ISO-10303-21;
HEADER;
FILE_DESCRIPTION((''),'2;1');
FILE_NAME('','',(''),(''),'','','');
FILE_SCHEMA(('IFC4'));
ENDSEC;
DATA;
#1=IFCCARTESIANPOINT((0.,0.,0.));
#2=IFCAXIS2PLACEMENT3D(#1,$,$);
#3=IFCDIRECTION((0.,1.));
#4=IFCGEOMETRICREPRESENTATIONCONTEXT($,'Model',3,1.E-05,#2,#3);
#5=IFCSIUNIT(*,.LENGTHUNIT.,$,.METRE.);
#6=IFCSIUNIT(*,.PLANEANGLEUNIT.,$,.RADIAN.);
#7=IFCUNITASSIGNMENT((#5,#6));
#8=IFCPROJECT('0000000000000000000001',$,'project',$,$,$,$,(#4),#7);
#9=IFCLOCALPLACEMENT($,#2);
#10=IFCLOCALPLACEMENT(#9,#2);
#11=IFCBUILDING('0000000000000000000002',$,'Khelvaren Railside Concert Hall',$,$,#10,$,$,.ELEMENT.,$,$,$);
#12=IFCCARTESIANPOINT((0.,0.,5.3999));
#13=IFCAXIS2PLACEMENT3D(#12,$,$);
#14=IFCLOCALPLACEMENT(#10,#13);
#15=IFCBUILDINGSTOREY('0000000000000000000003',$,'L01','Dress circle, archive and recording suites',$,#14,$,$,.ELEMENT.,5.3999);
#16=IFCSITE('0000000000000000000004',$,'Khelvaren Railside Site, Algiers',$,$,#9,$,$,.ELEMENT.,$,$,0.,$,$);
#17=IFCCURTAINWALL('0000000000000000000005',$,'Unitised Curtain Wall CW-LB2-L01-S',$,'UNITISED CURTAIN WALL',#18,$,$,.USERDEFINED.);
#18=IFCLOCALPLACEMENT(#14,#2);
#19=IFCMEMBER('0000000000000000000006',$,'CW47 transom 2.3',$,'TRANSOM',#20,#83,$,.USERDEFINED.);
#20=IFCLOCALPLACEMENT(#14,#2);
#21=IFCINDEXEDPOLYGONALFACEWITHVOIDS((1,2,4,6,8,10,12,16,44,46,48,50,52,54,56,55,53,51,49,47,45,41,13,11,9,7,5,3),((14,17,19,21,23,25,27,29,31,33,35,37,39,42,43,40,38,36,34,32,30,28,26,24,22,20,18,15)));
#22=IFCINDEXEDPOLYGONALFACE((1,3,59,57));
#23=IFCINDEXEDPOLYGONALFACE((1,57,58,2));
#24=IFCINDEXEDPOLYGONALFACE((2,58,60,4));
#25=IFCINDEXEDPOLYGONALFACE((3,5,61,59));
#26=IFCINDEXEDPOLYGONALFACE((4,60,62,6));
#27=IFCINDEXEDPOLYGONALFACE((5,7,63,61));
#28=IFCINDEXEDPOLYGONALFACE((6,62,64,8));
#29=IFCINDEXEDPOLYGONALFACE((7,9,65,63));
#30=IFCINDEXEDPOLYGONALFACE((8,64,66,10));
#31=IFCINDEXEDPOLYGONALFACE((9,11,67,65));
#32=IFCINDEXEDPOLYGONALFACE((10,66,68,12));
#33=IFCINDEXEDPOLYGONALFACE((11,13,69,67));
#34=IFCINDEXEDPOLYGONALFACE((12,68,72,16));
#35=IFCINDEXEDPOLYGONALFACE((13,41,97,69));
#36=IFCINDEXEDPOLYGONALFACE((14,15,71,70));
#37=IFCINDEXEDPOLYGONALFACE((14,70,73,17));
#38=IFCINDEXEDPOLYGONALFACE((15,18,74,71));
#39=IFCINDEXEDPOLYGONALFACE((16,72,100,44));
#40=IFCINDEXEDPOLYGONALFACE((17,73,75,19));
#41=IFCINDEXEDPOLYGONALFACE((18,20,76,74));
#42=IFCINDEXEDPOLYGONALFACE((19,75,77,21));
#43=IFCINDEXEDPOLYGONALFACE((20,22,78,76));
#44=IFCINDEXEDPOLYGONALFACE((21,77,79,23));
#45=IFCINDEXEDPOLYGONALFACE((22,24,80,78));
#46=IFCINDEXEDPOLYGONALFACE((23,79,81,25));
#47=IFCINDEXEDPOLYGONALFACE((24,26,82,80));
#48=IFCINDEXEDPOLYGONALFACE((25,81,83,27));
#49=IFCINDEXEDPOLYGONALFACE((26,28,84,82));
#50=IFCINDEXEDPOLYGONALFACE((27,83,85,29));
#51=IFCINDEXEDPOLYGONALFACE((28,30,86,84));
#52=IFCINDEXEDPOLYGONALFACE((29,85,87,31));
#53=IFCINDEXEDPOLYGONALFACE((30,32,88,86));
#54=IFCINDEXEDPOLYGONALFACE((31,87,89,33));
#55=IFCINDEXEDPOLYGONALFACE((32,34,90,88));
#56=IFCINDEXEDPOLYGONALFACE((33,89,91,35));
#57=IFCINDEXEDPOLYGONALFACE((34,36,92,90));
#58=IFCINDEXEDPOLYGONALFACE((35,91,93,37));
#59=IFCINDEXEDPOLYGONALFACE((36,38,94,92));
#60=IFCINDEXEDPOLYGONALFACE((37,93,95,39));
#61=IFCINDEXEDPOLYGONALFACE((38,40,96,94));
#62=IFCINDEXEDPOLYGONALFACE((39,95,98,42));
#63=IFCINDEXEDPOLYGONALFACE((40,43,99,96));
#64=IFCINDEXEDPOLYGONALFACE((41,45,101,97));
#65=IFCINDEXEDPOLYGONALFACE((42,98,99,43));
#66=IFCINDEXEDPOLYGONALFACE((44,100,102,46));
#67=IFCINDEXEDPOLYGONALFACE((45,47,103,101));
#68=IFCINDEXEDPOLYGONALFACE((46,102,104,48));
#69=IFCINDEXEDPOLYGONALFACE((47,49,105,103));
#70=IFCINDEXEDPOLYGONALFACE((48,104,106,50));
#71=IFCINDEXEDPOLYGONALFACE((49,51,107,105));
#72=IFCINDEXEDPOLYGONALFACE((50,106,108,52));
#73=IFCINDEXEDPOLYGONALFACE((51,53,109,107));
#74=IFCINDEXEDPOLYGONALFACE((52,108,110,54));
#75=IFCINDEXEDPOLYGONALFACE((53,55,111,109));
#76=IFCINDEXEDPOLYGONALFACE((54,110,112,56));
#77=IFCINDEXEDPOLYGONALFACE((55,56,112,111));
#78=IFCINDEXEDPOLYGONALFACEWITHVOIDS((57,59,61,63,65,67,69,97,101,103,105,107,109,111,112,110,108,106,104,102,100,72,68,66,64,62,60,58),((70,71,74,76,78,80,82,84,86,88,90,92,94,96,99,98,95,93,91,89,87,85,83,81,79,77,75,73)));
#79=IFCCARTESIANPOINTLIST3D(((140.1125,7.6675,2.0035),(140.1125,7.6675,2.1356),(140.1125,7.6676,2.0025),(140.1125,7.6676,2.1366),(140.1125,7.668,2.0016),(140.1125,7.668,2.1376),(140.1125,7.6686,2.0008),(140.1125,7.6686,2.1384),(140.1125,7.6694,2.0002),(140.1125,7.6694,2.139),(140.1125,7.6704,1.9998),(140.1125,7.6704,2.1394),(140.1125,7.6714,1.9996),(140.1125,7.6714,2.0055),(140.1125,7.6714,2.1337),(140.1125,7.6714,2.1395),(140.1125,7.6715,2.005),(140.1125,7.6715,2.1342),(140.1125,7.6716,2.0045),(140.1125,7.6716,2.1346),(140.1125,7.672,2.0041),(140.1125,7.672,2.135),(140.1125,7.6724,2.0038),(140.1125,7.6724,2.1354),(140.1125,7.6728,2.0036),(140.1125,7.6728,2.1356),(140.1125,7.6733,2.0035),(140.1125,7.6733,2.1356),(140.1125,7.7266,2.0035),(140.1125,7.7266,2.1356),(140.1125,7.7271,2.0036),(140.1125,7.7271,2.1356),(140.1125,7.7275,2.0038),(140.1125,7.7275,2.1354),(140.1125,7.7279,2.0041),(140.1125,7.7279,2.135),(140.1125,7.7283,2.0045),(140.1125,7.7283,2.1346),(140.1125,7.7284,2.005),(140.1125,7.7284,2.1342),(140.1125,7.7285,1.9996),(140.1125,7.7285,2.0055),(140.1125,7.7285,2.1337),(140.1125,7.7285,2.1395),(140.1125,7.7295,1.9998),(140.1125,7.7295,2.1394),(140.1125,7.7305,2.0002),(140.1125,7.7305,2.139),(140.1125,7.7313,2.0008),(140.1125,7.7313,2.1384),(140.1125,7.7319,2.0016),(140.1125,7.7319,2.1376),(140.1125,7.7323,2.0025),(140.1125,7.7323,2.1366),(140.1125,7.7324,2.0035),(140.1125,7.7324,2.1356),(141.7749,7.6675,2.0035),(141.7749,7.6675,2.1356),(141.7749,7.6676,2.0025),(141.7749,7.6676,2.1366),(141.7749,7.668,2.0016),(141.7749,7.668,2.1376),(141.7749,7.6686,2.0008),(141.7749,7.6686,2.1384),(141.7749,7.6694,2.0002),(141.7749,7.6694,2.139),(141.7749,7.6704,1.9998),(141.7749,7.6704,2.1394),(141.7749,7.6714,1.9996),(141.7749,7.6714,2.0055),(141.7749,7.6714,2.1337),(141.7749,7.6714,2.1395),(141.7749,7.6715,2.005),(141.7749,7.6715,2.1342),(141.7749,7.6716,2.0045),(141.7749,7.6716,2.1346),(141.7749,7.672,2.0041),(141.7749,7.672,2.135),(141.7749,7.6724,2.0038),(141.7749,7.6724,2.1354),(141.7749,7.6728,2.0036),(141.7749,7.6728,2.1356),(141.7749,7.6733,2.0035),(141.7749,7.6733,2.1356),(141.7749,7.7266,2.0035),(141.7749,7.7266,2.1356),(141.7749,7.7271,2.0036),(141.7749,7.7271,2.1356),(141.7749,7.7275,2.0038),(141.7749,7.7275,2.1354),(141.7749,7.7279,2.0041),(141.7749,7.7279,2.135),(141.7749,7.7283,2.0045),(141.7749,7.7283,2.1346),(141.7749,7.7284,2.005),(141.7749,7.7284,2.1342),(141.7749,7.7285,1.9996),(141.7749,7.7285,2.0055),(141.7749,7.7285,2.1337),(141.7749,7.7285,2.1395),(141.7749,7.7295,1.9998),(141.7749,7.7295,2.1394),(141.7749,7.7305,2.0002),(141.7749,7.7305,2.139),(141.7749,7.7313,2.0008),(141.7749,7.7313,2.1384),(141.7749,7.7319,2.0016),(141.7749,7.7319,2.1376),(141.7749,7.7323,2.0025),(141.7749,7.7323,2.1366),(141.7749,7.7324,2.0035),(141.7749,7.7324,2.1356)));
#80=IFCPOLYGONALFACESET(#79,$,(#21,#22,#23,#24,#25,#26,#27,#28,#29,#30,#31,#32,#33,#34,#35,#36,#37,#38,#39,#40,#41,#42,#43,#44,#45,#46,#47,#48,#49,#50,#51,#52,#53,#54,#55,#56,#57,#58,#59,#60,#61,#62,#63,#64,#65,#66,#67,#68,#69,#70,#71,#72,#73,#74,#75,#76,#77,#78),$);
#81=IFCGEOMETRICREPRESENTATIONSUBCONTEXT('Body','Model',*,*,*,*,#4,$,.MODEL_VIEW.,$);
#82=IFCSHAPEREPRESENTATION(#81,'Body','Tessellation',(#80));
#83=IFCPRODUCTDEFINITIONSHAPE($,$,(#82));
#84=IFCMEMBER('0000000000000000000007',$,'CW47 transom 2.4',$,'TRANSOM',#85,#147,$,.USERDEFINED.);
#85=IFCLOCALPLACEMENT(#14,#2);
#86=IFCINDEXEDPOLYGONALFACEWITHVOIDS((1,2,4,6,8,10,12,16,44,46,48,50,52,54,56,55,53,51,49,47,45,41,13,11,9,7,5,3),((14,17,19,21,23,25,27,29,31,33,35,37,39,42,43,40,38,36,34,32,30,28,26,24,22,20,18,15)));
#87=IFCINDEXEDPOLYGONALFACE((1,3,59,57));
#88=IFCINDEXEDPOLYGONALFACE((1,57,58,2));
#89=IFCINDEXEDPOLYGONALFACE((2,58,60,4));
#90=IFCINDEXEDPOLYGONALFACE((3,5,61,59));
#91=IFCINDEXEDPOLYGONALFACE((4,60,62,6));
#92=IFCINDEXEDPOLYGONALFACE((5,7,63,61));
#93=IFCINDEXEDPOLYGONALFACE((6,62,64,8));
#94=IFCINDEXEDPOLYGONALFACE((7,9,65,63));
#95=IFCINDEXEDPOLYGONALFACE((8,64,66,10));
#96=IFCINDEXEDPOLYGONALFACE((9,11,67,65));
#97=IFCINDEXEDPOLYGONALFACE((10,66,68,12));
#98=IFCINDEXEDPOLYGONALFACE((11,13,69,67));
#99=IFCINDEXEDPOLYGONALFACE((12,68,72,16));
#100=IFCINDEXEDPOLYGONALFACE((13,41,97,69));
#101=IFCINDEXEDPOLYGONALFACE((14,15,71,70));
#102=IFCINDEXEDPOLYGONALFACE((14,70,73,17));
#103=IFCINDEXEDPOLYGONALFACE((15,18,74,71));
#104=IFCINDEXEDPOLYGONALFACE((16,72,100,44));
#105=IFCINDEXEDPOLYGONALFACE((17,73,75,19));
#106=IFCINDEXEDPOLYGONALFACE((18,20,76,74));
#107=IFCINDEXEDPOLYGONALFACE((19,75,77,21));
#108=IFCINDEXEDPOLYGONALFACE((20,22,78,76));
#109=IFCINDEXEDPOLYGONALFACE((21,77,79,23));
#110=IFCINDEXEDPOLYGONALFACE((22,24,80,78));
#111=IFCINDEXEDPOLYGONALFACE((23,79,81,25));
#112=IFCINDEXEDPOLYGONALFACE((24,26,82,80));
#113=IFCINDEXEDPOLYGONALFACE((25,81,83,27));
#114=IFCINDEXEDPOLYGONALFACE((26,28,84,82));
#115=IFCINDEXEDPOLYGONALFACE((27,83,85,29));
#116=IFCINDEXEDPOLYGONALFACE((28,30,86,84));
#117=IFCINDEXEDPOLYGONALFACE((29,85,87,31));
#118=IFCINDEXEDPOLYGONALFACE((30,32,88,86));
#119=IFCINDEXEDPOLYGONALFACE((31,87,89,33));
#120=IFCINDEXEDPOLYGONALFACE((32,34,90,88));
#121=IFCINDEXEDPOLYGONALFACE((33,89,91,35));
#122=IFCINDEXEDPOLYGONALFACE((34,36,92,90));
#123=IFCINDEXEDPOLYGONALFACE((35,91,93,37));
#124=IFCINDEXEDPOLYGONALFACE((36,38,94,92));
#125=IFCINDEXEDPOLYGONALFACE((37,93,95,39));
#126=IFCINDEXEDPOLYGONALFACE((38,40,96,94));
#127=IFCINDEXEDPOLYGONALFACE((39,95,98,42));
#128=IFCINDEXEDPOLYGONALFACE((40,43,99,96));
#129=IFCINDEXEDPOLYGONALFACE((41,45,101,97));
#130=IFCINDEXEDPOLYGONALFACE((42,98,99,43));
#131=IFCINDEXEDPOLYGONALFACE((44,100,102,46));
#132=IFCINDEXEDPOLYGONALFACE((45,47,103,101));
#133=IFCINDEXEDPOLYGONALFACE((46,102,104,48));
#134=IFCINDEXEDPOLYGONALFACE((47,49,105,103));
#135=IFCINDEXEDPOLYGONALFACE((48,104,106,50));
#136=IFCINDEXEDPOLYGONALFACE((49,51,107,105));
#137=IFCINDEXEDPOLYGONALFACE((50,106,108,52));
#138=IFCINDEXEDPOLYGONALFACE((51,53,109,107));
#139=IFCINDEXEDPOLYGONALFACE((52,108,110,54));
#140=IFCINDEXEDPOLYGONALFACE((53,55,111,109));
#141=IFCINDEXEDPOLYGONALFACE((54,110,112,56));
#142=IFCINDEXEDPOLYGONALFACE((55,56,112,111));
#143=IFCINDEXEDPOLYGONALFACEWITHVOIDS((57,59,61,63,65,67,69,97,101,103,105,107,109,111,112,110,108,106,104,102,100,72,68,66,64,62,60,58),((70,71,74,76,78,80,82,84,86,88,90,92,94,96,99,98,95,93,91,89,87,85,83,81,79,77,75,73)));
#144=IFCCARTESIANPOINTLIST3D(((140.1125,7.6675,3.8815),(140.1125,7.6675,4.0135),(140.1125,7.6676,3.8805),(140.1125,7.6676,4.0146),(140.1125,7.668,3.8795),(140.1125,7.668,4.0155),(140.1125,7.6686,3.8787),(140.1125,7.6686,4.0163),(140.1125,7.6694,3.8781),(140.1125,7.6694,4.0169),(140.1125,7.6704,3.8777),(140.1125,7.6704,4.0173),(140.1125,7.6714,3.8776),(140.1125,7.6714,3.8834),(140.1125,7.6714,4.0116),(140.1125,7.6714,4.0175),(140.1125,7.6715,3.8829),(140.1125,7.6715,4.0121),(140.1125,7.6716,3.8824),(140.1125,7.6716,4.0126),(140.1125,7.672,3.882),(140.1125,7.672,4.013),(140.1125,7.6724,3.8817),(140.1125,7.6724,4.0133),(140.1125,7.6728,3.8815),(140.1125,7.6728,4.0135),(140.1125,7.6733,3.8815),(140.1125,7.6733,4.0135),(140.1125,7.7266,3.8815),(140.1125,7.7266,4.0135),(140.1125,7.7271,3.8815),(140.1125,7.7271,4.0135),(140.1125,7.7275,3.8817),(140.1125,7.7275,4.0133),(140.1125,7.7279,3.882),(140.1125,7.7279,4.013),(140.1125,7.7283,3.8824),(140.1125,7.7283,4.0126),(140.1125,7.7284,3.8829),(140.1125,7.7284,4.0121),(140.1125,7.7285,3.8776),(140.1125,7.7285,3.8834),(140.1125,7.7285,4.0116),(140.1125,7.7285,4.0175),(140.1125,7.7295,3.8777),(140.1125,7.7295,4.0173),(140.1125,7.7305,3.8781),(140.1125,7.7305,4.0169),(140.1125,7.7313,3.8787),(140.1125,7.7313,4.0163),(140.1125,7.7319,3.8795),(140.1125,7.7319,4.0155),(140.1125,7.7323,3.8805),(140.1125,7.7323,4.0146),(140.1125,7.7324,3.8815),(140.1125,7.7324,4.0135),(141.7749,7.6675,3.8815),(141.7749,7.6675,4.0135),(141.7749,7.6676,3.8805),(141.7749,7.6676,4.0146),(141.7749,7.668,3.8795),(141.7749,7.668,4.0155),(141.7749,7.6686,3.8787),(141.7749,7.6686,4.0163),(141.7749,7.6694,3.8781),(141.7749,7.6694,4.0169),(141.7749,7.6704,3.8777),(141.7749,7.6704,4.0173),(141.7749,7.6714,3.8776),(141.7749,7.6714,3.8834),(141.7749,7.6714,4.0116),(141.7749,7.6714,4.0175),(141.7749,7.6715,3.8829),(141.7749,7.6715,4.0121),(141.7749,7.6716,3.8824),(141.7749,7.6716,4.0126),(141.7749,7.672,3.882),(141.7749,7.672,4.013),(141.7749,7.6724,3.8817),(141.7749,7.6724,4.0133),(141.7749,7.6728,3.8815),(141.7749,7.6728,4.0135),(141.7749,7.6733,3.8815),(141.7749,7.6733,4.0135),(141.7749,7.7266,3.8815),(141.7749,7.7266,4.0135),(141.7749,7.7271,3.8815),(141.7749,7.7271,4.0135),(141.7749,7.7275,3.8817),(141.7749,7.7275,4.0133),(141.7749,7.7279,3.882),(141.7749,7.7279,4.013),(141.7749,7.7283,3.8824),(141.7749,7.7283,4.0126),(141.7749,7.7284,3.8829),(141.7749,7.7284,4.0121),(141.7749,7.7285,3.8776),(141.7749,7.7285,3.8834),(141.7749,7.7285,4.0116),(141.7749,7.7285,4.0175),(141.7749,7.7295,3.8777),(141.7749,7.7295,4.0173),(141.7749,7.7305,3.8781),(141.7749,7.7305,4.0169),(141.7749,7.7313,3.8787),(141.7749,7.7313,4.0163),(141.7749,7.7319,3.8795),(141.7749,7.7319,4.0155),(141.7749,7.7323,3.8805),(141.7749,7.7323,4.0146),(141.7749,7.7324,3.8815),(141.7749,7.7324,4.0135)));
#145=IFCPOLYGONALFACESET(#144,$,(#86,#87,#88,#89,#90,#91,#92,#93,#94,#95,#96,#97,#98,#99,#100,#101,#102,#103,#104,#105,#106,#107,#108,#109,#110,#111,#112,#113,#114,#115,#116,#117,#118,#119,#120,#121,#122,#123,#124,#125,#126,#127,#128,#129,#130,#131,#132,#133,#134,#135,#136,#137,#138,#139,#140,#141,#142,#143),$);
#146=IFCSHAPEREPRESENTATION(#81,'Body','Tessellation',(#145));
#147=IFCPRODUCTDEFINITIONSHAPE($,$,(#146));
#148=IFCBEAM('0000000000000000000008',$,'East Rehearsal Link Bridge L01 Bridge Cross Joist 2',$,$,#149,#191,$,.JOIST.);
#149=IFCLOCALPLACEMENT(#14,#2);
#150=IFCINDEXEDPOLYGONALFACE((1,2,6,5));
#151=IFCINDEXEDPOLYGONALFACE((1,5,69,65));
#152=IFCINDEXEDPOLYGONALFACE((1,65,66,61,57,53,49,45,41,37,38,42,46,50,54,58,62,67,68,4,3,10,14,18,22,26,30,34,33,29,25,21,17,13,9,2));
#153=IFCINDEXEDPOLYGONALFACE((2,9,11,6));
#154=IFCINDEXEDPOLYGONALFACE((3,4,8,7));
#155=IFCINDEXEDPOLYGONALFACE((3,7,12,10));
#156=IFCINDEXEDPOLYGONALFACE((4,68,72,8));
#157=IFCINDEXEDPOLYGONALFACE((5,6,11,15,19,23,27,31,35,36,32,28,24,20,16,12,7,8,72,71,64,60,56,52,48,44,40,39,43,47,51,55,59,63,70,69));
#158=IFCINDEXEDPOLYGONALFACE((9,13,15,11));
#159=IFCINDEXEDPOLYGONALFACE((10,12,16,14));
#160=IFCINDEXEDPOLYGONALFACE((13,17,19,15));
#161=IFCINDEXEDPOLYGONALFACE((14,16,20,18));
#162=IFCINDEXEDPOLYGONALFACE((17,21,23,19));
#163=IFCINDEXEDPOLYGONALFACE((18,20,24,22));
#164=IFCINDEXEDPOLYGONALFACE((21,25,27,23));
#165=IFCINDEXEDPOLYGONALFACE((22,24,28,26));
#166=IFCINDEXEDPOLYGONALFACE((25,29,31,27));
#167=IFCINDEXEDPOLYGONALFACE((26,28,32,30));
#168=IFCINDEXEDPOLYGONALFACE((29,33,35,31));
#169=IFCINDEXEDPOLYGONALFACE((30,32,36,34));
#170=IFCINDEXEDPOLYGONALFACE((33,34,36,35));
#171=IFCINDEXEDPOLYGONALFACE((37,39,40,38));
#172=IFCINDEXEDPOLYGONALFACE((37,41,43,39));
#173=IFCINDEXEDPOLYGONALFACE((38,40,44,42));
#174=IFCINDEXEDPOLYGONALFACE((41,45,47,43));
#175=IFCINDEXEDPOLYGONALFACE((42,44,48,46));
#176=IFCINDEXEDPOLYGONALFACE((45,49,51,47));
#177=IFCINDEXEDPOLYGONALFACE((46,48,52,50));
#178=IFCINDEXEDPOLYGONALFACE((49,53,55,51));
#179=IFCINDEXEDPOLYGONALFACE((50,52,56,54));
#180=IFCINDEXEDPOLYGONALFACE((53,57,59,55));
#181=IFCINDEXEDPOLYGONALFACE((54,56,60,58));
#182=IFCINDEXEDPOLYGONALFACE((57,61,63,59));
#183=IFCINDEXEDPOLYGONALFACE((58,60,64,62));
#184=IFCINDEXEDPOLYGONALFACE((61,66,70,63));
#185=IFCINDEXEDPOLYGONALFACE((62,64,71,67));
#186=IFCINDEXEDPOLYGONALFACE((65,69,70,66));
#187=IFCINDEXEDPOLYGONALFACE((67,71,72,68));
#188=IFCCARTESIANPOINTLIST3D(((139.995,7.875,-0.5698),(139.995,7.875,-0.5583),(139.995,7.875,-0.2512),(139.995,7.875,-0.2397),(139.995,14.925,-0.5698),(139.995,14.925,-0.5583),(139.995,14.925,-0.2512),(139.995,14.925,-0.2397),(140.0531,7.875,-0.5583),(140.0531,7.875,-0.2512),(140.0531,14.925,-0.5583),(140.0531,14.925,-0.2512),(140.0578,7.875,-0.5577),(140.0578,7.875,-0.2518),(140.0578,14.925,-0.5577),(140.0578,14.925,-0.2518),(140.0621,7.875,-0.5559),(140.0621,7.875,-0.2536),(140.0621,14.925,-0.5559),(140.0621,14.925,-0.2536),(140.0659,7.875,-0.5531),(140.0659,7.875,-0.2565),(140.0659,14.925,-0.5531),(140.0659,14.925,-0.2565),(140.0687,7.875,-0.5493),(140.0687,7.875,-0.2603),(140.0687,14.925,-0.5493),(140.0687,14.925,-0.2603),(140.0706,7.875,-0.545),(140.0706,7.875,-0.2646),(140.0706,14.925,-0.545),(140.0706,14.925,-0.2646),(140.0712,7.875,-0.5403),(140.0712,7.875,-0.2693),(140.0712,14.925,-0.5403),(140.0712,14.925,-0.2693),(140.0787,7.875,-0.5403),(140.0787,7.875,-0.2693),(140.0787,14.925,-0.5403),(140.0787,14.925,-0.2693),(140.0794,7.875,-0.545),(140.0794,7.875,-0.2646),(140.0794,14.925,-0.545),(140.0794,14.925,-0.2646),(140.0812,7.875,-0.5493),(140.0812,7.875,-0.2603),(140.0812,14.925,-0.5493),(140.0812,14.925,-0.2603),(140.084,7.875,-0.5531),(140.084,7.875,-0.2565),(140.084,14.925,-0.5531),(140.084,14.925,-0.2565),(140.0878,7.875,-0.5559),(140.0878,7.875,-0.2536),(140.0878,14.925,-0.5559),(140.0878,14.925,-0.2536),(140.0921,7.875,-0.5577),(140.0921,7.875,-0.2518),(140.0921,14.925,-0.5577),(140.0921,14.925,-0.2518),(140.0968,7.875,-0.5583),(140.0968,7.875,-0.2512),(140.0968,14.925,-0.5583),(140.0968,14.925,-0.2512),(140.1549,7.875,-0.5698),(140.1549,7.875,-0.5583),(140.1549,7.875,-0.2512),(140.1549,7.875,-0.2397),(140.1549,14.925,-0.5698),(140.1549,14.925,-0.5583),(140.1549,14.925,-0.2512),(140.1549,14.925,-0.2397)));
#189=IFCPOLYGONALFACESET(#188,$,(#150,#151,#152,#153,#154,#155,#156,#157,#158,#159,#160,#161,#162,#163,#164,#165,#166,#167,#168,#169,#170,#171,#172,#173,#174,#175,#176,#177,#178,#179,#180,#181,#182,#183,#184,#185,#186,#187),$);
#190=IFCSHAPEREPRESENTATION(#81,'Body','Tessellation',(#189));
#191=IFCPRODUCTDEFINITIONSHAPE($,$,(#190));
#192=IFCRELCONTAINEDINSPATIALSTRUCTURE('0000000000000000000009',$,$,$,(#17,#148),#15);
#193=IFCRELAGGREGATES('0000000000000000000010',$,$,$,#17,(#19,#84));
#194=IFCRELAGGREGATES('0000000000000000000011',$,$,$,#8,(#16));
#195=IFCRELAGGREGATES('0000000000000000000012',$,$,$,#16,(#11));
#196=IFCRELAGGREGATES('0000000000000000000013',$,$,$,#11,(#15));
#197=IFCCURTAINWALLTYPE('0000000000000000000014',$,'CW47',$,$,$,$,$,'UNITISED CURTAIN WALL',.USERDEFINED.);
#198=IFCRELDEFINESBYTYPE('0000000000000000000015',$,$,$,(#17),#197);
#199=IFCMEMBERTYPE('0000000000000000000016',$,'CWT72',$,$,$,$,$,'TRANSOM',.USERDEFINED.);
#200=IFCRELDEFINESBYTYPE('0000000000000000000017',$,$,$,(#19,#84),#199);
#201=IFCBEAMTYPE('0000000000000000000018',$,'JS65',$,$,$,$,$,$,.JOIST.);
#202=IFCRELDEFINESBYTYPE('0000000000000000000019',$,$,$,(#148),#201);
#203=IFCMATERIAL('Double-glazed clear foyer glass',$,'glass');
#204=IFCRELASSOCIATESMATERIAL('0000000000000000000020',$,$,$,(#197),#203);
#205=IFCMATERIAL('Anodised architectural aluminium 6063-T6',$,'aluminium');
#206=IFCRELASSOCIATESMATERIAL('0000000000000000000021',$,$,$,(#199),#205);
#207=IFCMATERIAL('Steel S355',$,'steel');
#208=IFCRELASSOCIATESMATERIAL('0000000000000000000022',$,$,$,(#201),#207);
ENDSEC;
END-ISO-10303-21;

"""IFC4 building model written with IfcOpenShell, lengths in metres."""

from ifc_helpers import new_model, si_unit, direction, frame, origin, origin_2d, place, context, subcontext, project, spatial, hollow_rectangle, i_section, extrude, material, material_profile, profile_set, type_object, element, aggregate, save


model = new_model("IFC4")

# Units and contexts
model_context = context("Model", 3, precision=1e-05, world=origin(), true_north=direction((0.0, 1.0)))
body_context = subcontext(model_context, "Body", "Model", "MODEL_VIEW")
ifc_project = project(units=[si_unit("LENGTHUNIT", "METRE"), si_unit("PLANEANGLEUNIT", "RADIAN")], contexts=[model_context])

# Site, building, storey
site_placement = place(None, origin())
site = spatial("IfcSite", under=ifc_project, at=site_placement, Name="Khelvaren Railside Site, Algiers", CompositionType="ELEMENT", RefElevation=0.0)
building_placement = place(site_placement, origin())
building = spatial("IfcBuilding", under=site, at=building_placement, Name="Khelvaren Railside Concert Hall", CompositionType="ELEMENT")
storey_placement = place(building_placement, frame((0.0, 0.0, 5.3999)))
storey = spatial("IfcBuildingStorey", under=building, at=storey_placement, Name="L01", Description="Dress circle, archive and recording suites", CompositionType="ELEMENT", Elevation=5.3999)

# Shared definitions
ifc_material_1 = material(Name="Steel S355", Category="steel")

# Curtain wall
ifc_material_2 = material(Name="Double-glazed clear foyer glass", Category="glass")
curtain_wall_type_1 = type_object("IfcCurtainWallType", Name="CW47", ElementType="UNITISED CURTAIN WALL", PredefinedType="USERDEFINED", material=ifc_material_2)
curtain_wall_1_placement = place(storey_placement, origin())
curtain_wall_1 = element("IfcCurtainWall", 1, at=curtain_wall_1_placement, inside=storey, type_object=curtain_wall_type_1, Name="Unitised Curtain Wall CW-LB2-L01-S", ObjectType="UNITISED CURTAIN WALL", PredefinedType="USERDEFINED")
ifc_material_3 = material(Name="Anodised architectural aluminium 6063-T6", Category="aluminium")

# Members
ifc_material_profile_1 = material_profile(ifc_material_3, hollow_rectangle(XDim=0.0649, YDim=0.1399, WallThickness=0.0039, InnerFilletRadius=0.002, OuterFilletRadius=0.0039, at=origin_2d()), Name="CWT 65x140x4")
ifc_profile_set_1 = profile_set([ifc_material_profile_1], Name="Anodised architectural aluminium 6063-T6")
member_type_1 = type_object("IfcMemberType", Name="CWT72", ElementType="TRANSOM", PredefinedType="USERDEFINED", material=ifc_profile_set_1)
member_1_placement = place(storey_placement, frame((141.7749, 7.7, 2.0696), z_axis=(-1.0, 0.0, 0.0), x_axis=(0.0, -1.0, 0.0)))
member_1 = element("IfcMember", 2, at=member_1_placement, type_object=member_type_1, Name="CW47 transom 2.3", ObjectType="TRANSOM", PredefinedType="USERDEFINED", context=body_context, shape_type="SweptSolid", body=[
    extrude(hollow_rectangle(XDim=0.0649, YDim=0.1399, WallThickness=0.0039, InnerFilletRadius=0.002, OuterFilletRadius=0.0039, at=origin_2d()), origin(), (0.0, 0.0, 1.0), 1.6624),
])
member_2_placement = place(storey_placement, frame((141.7749, 7.7, 3.9475), z_axis=(-1.0, 0.0, 0.0), x_axis=(0.0, -1.0, 0.0)))
member_2 = element("IfcMember", 3, at=member_2_placement, type_object=member_type_1, Name="CW47 transom 2.4", ObjectType="TRANSOM", PredefinedType="USERDEFINED", context=body_context, shape_type="SweptSolid", body=[
    extrude(hollow_rectangle(XDim=0.0649, YDim=0.1399, WallThickness=0.0039, InnerFilletRadius=0.002, OuterFilletRadius=0.0039, at=origin_2d()), origin(), (0.0, 0.0, 1.0), 1.6624),
])

# Beam
ifc_material_profile_2 = material_profile(ifc_material_1, i_section(OverallWidth=0.1599, OverallDepth=0.3301, WebThickness=0.0076, FlangeThickness=0.0115, FilletRadius=0.0181, at=origin_2d()), Name="IPE 330")
ifc_profile_set_2 = profile_set([ifc_material_profile_2], Name="Steel S355")
beam_type_1 = type_object("IfcBeamType", Name="JS65", PredefinedType="JOIST", material=ifc_profile_set_2)
for number, where, z_axis, x_axis, name in (
    (4, (140.075, 7.875, -0.4048), (0.0, 1.0, 0.0), (-1.0, 0.0, 0.0), "East Rehearsal Link Bridge L01 Bridge Cross Joist 2"),
):
    element("IfcBeam", number, at=place(storey_placement, frame(where, z_axis=z_axis, x_axis=x_axis)), inside=storey, type_object=beam_type_1, Name=name, PredefinedType="JOIST", context=body_context, shape_type="SweptSolid", body=[
        extrude(i_section(OverallWidth=0.1599, OverallDepth=0.3301, WebThickness=0.0076, FlangeThickness=0.0115, FilletRadius=0.0181, at=origin_2d()), origin(), (0.0, 0.0, 1.0), 7.05),
    ])

aggregate(curtain_wall_1, [member_1, member_2])

save(model, "model.ifc")
